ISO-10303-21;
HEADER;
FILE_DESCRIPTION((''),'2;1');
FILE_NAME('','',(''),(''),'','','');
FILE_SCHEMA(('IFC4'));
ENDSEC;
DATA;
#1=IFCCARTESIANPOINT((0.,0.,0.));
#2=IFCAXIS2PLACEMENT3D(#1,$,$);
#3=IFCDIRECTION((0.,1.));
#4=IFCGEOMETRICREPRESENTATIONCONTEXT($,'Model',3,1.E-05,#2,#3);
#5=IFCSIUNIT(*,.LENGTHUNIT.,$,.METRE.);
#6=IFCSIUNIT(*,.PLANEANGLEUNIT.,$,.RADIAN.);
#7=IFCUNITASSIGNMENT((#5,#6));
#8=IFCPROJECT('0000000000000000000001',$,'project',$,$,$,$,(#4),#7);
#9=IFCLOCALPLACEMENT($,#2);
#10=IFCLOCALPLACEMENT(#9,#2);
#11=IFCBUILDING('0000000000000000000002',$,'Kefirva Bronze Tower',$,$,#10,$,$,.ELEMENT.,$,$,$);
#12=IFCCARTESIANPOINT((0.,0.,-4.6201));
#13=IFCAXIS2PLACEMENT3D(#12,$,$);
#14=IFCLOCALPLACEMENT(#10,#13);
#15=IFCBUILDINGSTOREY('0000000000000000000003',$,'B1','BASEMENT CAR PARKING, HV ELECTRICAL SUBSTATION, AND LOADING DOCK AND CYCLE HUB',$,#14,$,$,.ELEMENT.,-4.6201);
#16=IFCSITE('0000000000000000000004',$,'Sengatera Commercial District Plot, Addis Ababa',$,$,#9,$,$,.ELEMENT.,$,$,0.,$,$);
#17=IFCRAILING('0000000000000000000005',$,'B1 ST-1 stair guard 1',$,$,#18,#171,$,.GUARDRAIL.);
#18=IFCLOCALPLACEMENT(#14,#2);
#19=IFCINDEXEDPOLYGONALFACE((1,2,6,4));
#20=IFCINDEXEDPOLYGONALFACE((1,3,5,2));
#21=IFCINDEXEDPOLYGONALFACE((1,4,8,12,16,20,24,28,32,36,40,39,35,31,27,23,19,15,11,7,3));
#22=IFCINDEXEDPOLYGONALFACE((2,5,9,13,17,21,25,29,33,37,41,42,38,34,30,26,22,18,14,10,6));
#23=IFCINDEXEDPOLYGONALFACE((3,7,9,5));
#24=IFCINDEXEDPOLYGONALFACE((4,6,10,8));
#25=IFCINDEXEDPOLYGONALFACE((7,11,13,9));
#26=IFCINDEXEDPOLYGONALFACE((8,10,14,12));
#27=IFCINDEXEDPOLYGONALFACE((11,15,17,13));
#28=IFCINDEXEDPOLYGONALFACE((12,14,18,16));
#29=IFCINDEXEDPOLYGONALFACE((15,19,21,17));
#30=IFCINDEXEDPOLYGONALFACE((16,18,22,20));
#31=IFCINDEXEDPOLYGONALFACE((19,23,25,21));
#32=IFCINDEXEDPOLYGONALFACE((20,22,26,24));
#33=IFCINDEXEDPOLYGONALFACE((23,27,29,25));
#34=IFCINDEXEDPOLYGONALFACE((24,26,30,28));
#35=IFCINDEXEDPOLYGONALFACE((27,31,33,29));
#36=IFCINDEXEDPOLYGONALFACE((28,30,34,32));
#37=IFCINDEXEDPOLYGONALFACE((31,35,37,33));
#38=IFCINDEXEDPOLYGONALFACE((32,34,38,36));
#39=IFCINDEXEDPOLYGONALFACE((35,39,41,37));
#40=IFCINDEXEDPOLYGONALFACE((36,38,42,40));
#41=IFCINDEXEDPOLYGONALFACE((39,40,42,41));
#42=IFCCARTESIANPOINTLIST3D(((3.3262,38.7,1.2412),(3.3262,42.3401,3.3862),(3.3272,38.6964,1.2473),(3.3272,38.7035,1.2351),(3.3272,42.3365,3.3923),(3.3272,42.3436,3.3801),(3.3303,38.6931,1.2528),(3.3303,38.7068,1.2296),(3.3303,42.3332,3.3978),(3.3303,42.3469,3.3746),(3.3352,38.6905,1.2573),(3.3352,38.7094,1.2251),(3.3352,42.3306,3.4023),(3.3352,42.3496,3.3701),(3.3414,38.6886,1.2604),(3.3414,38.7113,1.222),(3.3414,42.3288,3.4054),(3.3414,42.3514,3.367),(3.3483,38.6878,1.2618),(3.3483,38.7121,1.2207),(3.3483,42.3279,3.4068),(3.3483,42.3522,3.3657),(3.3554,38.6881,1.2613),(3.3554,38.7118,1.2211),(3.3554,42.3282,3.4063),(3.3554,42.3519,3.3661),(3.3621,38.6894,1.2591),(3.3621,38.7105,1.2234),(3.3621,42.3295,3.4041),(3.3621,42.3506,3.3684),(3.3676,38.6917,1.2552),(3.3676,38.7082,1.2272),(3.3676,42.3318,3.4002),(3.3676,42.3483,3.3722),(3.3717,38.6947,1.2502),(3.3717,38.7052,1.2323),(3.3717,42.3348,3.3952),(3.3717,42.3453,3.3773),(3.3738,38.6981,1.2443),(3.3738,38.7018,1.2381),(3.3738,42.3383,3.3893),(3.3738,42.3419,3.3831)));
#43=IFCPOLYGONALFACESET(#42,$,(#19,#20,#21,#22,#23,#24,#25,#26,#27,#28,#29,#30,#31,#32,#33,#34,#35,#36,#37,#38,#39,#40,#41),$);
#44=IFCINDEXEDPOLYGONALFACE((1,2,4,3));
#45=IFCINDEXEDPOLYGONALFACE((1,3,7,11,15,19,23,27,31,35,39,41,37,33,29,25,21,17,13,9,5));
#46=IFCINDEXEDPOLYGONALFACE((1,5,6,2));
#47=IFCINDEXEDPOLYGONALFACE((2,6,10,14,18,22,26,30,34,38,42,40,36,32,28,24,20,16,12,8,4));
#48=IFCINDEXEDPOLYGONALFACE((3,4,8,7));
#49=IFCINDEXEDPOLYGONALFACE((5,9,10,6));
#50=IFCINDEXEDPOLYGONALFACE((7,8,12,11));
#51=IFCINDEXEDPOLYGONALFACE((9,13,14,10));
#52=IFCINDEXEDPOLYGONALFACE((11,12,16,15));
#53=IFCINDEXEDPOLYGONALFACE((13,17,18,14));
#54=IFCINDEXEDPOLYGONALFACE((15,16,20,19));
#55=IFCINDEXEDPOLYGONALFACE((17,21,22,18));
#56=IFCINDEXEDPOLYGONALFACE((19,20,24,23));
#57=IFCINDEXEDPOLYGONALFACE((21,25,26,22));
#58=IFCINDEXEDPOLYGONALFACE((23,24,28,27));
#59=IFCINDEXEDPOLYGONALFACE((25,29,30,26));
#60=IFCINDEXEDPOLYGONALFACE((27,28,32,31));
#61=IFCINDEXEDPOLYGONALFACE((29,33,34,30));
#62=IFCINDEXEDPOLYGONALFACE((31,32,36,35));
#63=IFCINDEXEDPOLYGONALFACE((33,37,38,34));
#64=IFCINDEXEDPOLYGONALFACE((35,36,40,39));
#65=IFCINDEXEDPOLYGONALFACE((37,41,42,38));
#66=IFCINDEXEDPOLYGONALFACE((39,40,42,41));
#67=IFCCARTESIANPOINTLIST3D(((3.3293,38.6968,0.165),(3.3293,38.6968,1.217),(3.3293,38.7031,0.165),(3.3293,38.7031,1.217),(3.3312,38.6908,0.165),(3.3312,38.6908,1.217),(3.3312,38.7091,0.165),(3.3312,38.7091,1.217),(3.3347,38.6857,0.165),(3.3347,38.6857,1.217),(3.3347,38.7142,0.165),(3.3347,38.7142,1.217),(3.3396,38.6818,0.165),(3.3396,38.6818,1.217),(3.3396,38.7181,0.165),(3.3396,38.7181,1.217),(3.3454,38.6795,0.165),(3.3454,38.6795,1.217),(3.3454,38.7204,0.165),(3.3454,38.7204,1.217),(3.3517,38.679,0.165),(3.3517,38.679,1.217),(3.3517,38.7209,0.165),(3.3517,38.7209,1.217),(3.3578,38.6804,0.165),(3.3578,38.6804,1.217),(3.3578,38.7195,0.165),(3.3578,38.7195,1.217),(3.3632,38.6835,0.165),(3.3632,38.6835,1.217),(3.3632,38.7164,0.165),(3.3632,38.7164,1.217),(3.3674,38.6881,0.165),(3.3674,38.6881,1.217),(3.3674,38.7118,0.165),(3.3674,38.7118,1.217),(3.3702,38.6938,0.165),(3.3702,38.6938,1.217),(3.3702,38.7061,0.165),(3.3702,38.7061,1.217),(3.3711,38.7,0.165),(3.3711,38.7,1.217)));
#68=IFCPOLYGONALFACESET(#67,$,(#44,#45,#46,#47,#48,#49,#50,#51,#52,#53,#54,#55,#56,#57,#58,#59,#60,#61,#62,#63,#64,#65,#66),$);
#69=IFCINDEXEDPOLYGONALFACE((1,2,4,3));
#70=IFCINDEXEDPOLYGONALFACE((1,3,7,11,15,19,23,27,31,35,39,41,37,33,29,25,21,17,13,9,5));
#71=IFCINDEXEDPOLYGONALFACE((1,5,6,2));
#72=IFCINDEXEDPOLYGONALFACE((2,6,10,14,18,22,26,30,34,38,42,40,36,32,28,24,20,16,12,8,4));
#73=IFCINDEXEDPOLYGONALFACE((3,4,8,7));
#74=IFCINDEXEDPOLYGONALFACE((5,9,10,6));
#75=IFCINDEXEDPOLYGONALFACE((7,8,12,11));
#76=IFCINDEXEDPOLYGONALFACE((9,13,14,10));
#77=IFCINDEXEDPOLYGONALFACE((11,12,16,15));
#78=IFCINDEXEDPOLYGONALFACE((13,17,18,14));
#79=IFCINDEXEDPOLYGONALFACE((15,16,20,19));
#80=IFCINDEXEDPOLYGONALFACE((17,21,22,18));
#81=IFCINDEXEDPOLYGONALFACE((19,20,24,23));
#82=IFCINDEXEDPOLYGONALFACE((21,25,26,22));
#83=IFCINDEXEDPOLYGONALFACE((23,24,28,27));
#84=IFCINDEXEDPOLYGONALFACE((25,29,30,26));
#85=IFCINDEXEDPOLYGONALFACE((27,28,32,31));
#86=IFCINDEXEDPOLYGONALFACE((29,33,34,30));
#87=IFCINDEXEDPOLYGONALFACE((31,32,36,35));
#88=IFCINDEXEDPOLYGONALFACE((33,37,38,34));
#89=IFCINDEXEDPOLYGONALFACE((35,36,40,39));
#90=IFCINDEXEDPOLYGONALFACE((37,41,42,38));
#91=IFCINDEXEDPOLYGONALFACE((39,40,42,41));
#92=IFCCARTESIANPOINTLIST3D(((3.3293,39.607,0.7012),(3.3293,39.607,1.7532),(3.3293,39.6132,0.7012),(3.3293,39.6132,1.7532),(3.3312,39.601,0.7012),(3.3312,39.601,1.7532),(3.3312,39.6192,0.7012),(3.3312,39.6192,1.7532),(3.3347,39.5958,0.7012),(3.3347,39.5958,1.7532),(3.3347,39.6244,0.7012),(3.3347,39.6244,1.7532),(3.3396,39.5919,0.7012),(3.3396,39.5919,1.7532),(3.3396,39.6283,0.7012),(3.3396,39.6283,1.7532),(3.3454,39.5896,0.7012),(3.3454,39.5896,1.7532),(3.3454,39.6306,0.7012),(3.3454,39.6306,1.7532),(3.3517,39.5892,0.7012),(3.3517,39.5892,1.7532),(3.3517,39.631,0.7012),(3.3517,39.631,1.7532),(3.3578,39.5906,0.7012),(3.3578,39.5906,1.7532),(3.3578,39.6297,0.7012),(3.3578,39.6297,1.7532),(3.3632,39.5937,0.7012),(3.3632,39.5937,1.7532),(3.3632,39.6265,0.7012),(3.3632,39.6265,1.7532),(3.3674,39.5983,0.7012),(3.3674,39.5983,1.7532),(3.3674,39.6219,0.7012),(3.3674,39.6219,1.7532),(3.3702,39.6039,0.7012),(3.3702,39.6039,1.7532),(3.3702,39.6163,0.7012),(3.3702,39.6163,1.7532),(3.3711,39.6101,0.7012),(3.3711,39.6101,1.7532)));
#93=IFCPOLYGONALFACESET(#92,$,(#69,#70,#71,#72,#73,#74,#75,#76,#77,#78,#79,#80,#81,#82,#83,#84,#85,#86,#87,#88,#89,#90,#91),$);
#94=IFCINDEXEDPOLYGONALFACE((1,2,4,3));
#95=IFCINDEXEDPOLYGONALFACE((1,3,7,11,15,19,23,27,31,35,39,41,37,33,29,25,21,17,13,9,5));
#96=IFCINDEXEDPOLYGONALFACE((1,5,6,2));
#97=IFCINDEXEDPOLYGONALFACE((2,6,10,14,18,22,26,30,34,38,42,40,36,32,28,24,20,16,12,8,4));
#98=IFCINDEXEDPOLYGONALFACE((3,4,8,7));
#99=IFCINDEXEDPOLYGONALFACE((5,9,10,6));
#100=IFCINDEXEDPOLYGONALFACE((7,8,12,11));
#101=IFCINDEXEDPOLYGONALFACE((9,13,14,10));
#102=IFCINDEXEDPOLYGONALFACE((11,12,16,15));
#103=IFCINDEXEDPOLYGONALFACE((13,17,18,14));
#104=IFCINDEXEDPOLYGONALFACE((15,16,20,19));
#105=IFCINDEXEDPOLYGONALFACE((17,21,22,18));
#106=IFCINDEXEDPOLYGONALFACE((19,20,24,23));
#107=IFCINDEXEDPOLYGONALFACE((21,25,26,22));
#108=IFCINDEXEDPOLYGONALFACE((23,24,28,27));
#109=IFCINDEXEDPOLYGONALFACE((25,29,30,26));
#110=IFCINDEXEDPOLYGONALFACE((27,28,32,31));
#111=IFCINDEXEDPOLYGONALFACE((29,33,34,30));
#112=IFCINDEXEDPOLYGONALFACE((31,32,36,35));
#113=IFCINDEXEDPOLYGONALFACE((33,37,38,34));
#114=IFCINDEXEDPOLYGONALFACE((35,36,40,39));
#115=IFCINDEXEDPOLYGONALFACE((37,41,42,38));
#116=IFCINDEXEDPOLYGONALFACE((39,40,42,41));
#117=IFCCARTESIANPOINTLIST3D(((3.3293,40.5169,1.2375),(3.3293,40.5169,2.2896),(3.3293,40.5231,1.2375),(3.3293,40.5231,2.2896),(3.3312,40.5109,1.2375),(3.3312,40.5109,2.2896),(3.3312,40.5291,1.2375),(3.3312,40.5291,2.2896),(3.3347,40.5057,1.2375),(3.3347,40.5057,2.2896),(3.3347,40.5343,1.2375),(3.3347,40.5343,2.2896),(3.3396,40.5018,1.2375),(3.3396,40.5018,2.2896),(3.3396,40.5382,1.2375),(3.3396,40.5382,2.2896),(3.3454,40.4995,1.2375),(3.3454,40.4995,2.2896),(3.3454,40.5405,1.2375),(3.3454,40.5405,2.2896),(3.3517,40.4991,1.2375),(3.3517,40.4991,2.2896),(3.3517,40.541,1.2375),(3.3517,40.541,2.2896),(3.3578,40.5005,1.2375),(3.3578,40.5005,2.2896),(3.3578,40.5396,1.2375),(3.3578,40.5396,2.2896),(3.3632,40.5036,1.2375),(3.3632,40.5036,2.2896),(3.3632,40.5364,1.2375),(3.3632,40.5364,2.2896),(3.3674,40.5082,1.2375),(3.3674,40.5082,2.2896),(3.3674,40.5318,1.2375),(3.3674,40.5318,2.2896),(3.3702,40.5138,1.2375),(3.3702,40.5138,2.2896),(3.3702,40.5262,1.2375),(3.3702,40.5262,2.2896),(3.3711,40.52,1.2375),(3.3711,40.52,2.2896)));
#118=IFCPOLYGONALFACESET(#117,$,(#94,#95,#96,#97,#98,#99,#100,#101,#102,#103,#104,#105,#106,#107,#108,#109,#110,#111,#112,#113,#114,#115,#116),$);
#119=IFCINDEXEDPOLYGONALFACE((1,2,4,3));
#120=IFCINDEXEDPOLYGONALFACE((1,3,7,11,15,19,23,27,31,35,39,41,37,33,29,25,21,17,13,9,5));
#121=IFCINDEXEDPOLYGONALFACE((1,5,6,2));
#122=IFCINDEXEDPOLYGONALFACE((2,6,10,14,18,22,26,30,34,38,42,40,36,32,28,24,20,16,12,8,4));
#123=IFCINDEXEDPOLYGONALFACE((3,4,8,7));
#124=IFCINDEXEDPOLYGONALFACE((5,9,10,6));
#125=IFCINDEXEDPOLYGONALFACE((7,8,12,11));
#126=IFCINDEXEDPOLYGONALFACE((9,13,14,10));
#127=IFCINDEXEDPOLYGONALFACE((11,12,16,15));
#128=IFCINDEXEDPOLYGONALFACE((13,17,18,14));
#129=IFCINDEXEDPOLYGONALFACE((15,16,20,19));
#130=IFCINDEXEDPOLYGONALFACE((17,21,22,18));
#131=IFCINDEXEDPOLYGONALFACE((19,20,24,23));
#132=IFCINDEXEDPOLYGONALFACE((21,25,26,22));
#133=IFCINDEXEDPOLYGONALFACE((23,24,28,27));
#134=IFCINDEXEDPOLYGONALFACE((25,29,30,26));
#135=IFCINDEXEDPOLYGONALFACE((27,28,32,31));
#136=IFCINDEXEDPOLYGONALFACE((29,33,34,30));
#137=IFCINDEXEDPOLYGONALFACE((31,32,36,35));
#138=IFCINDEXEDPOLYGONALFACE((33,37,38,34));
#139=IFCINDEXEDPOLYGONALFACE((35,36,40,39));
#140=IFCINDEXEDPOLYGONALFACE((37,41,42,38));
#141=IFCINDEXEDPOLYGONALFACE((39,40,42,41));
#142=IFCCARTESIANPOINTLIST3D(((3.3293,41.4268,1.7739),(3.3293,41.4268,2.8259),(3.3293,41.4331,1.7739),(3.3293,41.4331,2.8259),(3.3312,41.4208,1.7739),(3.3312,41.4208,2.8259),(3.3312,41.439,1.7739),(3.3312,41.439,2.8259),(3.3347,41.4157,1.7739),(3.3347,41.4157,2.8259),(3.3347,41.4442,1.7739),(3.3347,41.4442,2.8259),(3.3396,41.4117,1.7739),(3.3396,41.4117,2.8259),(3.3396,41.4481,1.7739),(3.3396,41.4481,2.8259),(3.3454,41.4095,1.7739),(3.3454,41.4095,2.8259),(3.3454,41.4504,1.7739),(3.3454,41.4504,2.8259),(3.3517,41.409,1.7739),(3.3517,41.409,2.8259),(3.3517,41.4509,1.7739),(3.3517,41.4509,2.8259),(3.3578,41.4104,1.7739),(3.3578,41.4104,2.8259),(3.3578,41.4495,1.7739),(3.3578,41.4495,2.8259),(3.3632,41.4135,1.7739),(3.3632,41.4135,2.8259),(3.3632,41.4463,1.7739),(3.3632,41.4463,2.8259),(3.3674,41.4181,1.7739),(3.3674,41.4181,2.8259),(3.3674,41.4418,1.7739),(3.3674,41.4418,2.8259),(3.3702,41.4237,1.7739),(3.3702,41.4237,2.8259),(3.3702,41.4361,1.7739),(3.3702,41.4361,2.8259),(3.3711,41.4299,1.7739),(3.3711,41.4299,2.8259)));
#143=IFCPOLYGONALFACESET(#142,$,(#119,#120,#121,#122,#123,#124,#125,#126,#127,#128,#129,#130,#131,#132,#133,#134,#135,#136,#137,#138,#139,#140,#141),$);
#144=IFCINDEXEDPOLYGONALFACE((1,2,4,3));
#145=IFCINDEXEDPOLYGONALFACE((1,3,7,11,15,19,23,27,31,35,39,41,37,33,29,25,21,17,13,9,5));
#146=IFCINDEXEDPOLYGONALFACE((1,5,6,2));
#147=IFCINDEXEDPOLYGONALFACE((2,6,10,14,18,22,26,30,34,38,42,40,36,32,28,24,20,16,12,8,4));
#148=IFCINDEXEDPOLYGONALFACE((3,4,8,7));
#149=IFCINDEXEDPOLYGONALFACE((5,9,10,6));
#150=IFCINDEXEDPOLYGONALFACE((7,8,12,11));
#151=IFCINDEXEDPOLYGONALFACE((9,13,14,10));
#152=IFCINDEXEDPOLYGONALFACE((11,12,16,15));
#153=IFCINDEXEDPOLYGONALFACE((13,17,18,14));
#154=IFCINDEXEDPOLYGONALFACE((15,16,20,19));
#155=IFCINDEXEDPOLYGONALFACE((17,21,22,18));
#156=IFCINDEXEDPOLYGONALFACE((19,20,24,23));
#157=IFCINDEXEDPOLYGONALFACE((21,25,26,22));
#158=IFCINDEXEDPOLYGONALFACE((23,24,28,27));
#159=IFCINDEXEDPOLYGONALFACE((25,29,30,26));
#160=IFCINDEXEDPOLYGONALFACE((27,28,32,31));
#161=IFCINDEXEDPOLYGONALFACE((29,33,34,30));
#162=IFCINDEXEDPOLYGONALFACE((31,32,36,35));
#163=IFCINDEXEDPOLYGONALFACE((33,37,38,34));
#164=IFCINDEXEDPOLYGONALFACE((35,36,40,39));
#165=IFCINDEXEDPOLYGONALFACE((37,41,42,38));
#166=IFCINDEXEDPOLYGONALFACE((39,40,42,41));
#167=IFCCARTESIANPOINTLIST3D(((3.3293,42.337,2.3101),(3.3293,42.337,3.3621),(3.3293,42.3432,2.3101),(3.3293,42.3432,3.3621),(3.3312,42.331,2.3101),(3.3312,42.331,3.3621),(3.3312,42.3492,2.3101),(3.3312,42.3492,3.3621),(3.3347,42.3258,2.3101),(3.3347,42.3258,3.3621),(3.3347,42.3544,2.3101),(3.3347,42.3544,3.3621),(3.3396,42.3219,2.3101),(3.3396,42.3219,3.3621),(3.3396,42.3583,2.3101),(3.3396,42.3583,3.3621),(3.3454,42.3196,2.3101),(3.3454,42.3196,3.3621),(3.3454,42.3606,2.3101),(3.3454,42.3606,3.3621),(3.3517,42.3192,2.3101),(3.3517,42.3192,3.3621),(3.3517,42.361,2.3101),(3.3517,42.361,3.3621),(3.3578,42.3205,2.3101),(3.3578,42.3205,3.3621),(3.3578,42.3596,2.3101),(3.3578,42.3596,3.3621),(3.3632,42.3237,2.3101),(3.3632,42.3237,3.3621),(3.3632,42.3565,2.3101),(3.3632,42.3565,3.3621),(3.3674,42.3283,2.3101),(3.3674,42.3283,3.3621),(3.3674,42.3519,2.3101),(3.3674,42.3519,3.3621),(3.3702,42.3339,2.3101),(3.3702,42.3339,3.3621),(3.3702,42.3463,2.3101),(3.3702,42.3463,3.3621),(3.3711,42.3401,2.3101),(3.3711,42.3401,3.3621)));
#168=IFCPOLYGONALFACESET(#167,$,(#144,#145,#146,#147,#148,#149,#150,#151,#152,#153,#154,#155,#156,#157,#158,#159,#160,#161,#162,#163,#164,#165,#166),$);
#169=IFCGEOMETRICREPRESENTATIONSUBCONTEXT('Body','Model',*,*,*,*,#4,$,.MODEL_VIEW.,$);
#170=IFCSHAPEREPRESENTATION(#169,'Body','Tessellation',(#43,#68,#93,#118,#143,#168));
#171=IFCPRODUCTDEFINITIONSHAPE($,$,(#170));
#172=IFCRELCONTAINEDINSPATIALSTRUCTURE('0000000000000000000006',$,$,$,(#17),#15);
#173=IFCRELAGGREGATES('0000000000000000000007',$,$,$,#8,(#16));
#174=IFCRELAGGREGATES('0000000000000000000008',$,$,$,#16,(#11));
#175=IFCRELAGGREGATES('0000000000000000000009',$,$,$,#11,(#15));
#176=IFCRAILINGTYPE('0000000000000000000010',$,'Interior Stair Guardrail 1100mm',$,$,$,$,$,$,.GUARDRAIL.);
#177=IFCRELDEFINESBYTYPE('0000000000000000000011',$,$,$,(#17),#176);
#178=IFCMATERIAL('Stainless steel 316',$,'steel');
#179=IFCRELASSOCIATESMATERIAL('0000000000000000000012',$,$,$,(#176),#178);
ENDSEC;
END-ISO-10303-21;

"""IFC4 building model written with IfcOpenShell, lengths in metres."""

from ifc_helpers import new_model, si_unit, direction, frame, origin, origin_2d, place, context, subcontext, project, spatial, circle, extrude, material, type_object, element, save


model = new_model("IFC4")

# Units and contexts
model_context = context("Model", 3, precision=1e-05, world=origin(), true_north=direction((0.0, 1.0)))
body_context = subcontext(model_context, "Body", "Model", "MODEL_VIEW")
ifc_project = project(units=[si_unit("LENGTHUNIT", "METRE"), si_unit("PLANEANGLEUNIT", "RADIAN")], contexts=[model_context])

# Site, building, storey
site_placement = place(None, origin())
site = spatial("IfcSite", under=ifc_project, at=site_placement, Name="Sengatera Commercial District Plot, Addis Ababa", CompositionType="ELEMENT", RefElevation=0.0)
building_placement = place(site_placement, origin())
building = spatial("IfcBuilding", under=site, at=building_placement, Name="Kefirva Bronze Tower", CompositionType="ELEMENT")
storey_placement = place(building_placement, frame((0.0, 0.0, -4.6201)))
storey = spatial("IfcBuildingStorey", under=building, at=storey_placement, Name="B1", Description="BASEMENT CAR PARKING, HV ELECTRICAL SUBSTATION, AND LOADING DOCK AND CYCLE HUB", CompositionType="ELEMENT", Elevation=-4.6201)

# Railing
ifc_material_1 = material(Name="Stainless steel 316", Category="steel")
railing_type_1 = type_object("IfcRailingType", Name="Interior Stair Guardrail 1100mm", PredefinedType="GUARDRAIL", material=ifc_material_1)
railing_1_placement = place(storey_placement, frame((3.3501, 38.7, 0.165)))
element("IfcRailing", 1, at=railing_1_placement, inside=storey, type_object=railing_type_1, Name="B1 ST-1 stair guard 1", PredefinedType="GUARDRAIL", context=body_context, shape_type="SweptSolid", body=[
    extrude(circle(Radius=0.0239, at=origin_2d()), frame((0.0, 0.0, 1.0762), z_axis=(0.0, 0.861545, 0.507682), x_axis=(-1.0, 0.0, 0.0)), (0.0, 0.0, 1.0), 4.2251),
    extrude(circle(Radius=0.021, at=origin_2d()), origin(), (0.0, 0.0, 1.0), 1.052),
    extrude(circle(Radius=0.021, at=origin_2d()), frame((0.0, 0.9102, 0.5361)), (0.0, 0.0, 1.0), 1.052),
    extrude(circle(Radius=0.021, at=origin_2d()), frame((0.0, 1.8201, 1.0725)), (0.0, 0.0, 1.0), 1.052),
    extrude(circle(Radius=0.021, at=origin_2d()), frame((0.0, 2.73, 1.6089)), (0.0, 0.0, 1.0), 1.052),
    extrude(circle(Radius=0.021, at=origin_2d()), frame((0.0, 3.6401, 2.145)), (0.0, 0.0, 1.0), 1.052),
])

save(model, "model.ifc")
